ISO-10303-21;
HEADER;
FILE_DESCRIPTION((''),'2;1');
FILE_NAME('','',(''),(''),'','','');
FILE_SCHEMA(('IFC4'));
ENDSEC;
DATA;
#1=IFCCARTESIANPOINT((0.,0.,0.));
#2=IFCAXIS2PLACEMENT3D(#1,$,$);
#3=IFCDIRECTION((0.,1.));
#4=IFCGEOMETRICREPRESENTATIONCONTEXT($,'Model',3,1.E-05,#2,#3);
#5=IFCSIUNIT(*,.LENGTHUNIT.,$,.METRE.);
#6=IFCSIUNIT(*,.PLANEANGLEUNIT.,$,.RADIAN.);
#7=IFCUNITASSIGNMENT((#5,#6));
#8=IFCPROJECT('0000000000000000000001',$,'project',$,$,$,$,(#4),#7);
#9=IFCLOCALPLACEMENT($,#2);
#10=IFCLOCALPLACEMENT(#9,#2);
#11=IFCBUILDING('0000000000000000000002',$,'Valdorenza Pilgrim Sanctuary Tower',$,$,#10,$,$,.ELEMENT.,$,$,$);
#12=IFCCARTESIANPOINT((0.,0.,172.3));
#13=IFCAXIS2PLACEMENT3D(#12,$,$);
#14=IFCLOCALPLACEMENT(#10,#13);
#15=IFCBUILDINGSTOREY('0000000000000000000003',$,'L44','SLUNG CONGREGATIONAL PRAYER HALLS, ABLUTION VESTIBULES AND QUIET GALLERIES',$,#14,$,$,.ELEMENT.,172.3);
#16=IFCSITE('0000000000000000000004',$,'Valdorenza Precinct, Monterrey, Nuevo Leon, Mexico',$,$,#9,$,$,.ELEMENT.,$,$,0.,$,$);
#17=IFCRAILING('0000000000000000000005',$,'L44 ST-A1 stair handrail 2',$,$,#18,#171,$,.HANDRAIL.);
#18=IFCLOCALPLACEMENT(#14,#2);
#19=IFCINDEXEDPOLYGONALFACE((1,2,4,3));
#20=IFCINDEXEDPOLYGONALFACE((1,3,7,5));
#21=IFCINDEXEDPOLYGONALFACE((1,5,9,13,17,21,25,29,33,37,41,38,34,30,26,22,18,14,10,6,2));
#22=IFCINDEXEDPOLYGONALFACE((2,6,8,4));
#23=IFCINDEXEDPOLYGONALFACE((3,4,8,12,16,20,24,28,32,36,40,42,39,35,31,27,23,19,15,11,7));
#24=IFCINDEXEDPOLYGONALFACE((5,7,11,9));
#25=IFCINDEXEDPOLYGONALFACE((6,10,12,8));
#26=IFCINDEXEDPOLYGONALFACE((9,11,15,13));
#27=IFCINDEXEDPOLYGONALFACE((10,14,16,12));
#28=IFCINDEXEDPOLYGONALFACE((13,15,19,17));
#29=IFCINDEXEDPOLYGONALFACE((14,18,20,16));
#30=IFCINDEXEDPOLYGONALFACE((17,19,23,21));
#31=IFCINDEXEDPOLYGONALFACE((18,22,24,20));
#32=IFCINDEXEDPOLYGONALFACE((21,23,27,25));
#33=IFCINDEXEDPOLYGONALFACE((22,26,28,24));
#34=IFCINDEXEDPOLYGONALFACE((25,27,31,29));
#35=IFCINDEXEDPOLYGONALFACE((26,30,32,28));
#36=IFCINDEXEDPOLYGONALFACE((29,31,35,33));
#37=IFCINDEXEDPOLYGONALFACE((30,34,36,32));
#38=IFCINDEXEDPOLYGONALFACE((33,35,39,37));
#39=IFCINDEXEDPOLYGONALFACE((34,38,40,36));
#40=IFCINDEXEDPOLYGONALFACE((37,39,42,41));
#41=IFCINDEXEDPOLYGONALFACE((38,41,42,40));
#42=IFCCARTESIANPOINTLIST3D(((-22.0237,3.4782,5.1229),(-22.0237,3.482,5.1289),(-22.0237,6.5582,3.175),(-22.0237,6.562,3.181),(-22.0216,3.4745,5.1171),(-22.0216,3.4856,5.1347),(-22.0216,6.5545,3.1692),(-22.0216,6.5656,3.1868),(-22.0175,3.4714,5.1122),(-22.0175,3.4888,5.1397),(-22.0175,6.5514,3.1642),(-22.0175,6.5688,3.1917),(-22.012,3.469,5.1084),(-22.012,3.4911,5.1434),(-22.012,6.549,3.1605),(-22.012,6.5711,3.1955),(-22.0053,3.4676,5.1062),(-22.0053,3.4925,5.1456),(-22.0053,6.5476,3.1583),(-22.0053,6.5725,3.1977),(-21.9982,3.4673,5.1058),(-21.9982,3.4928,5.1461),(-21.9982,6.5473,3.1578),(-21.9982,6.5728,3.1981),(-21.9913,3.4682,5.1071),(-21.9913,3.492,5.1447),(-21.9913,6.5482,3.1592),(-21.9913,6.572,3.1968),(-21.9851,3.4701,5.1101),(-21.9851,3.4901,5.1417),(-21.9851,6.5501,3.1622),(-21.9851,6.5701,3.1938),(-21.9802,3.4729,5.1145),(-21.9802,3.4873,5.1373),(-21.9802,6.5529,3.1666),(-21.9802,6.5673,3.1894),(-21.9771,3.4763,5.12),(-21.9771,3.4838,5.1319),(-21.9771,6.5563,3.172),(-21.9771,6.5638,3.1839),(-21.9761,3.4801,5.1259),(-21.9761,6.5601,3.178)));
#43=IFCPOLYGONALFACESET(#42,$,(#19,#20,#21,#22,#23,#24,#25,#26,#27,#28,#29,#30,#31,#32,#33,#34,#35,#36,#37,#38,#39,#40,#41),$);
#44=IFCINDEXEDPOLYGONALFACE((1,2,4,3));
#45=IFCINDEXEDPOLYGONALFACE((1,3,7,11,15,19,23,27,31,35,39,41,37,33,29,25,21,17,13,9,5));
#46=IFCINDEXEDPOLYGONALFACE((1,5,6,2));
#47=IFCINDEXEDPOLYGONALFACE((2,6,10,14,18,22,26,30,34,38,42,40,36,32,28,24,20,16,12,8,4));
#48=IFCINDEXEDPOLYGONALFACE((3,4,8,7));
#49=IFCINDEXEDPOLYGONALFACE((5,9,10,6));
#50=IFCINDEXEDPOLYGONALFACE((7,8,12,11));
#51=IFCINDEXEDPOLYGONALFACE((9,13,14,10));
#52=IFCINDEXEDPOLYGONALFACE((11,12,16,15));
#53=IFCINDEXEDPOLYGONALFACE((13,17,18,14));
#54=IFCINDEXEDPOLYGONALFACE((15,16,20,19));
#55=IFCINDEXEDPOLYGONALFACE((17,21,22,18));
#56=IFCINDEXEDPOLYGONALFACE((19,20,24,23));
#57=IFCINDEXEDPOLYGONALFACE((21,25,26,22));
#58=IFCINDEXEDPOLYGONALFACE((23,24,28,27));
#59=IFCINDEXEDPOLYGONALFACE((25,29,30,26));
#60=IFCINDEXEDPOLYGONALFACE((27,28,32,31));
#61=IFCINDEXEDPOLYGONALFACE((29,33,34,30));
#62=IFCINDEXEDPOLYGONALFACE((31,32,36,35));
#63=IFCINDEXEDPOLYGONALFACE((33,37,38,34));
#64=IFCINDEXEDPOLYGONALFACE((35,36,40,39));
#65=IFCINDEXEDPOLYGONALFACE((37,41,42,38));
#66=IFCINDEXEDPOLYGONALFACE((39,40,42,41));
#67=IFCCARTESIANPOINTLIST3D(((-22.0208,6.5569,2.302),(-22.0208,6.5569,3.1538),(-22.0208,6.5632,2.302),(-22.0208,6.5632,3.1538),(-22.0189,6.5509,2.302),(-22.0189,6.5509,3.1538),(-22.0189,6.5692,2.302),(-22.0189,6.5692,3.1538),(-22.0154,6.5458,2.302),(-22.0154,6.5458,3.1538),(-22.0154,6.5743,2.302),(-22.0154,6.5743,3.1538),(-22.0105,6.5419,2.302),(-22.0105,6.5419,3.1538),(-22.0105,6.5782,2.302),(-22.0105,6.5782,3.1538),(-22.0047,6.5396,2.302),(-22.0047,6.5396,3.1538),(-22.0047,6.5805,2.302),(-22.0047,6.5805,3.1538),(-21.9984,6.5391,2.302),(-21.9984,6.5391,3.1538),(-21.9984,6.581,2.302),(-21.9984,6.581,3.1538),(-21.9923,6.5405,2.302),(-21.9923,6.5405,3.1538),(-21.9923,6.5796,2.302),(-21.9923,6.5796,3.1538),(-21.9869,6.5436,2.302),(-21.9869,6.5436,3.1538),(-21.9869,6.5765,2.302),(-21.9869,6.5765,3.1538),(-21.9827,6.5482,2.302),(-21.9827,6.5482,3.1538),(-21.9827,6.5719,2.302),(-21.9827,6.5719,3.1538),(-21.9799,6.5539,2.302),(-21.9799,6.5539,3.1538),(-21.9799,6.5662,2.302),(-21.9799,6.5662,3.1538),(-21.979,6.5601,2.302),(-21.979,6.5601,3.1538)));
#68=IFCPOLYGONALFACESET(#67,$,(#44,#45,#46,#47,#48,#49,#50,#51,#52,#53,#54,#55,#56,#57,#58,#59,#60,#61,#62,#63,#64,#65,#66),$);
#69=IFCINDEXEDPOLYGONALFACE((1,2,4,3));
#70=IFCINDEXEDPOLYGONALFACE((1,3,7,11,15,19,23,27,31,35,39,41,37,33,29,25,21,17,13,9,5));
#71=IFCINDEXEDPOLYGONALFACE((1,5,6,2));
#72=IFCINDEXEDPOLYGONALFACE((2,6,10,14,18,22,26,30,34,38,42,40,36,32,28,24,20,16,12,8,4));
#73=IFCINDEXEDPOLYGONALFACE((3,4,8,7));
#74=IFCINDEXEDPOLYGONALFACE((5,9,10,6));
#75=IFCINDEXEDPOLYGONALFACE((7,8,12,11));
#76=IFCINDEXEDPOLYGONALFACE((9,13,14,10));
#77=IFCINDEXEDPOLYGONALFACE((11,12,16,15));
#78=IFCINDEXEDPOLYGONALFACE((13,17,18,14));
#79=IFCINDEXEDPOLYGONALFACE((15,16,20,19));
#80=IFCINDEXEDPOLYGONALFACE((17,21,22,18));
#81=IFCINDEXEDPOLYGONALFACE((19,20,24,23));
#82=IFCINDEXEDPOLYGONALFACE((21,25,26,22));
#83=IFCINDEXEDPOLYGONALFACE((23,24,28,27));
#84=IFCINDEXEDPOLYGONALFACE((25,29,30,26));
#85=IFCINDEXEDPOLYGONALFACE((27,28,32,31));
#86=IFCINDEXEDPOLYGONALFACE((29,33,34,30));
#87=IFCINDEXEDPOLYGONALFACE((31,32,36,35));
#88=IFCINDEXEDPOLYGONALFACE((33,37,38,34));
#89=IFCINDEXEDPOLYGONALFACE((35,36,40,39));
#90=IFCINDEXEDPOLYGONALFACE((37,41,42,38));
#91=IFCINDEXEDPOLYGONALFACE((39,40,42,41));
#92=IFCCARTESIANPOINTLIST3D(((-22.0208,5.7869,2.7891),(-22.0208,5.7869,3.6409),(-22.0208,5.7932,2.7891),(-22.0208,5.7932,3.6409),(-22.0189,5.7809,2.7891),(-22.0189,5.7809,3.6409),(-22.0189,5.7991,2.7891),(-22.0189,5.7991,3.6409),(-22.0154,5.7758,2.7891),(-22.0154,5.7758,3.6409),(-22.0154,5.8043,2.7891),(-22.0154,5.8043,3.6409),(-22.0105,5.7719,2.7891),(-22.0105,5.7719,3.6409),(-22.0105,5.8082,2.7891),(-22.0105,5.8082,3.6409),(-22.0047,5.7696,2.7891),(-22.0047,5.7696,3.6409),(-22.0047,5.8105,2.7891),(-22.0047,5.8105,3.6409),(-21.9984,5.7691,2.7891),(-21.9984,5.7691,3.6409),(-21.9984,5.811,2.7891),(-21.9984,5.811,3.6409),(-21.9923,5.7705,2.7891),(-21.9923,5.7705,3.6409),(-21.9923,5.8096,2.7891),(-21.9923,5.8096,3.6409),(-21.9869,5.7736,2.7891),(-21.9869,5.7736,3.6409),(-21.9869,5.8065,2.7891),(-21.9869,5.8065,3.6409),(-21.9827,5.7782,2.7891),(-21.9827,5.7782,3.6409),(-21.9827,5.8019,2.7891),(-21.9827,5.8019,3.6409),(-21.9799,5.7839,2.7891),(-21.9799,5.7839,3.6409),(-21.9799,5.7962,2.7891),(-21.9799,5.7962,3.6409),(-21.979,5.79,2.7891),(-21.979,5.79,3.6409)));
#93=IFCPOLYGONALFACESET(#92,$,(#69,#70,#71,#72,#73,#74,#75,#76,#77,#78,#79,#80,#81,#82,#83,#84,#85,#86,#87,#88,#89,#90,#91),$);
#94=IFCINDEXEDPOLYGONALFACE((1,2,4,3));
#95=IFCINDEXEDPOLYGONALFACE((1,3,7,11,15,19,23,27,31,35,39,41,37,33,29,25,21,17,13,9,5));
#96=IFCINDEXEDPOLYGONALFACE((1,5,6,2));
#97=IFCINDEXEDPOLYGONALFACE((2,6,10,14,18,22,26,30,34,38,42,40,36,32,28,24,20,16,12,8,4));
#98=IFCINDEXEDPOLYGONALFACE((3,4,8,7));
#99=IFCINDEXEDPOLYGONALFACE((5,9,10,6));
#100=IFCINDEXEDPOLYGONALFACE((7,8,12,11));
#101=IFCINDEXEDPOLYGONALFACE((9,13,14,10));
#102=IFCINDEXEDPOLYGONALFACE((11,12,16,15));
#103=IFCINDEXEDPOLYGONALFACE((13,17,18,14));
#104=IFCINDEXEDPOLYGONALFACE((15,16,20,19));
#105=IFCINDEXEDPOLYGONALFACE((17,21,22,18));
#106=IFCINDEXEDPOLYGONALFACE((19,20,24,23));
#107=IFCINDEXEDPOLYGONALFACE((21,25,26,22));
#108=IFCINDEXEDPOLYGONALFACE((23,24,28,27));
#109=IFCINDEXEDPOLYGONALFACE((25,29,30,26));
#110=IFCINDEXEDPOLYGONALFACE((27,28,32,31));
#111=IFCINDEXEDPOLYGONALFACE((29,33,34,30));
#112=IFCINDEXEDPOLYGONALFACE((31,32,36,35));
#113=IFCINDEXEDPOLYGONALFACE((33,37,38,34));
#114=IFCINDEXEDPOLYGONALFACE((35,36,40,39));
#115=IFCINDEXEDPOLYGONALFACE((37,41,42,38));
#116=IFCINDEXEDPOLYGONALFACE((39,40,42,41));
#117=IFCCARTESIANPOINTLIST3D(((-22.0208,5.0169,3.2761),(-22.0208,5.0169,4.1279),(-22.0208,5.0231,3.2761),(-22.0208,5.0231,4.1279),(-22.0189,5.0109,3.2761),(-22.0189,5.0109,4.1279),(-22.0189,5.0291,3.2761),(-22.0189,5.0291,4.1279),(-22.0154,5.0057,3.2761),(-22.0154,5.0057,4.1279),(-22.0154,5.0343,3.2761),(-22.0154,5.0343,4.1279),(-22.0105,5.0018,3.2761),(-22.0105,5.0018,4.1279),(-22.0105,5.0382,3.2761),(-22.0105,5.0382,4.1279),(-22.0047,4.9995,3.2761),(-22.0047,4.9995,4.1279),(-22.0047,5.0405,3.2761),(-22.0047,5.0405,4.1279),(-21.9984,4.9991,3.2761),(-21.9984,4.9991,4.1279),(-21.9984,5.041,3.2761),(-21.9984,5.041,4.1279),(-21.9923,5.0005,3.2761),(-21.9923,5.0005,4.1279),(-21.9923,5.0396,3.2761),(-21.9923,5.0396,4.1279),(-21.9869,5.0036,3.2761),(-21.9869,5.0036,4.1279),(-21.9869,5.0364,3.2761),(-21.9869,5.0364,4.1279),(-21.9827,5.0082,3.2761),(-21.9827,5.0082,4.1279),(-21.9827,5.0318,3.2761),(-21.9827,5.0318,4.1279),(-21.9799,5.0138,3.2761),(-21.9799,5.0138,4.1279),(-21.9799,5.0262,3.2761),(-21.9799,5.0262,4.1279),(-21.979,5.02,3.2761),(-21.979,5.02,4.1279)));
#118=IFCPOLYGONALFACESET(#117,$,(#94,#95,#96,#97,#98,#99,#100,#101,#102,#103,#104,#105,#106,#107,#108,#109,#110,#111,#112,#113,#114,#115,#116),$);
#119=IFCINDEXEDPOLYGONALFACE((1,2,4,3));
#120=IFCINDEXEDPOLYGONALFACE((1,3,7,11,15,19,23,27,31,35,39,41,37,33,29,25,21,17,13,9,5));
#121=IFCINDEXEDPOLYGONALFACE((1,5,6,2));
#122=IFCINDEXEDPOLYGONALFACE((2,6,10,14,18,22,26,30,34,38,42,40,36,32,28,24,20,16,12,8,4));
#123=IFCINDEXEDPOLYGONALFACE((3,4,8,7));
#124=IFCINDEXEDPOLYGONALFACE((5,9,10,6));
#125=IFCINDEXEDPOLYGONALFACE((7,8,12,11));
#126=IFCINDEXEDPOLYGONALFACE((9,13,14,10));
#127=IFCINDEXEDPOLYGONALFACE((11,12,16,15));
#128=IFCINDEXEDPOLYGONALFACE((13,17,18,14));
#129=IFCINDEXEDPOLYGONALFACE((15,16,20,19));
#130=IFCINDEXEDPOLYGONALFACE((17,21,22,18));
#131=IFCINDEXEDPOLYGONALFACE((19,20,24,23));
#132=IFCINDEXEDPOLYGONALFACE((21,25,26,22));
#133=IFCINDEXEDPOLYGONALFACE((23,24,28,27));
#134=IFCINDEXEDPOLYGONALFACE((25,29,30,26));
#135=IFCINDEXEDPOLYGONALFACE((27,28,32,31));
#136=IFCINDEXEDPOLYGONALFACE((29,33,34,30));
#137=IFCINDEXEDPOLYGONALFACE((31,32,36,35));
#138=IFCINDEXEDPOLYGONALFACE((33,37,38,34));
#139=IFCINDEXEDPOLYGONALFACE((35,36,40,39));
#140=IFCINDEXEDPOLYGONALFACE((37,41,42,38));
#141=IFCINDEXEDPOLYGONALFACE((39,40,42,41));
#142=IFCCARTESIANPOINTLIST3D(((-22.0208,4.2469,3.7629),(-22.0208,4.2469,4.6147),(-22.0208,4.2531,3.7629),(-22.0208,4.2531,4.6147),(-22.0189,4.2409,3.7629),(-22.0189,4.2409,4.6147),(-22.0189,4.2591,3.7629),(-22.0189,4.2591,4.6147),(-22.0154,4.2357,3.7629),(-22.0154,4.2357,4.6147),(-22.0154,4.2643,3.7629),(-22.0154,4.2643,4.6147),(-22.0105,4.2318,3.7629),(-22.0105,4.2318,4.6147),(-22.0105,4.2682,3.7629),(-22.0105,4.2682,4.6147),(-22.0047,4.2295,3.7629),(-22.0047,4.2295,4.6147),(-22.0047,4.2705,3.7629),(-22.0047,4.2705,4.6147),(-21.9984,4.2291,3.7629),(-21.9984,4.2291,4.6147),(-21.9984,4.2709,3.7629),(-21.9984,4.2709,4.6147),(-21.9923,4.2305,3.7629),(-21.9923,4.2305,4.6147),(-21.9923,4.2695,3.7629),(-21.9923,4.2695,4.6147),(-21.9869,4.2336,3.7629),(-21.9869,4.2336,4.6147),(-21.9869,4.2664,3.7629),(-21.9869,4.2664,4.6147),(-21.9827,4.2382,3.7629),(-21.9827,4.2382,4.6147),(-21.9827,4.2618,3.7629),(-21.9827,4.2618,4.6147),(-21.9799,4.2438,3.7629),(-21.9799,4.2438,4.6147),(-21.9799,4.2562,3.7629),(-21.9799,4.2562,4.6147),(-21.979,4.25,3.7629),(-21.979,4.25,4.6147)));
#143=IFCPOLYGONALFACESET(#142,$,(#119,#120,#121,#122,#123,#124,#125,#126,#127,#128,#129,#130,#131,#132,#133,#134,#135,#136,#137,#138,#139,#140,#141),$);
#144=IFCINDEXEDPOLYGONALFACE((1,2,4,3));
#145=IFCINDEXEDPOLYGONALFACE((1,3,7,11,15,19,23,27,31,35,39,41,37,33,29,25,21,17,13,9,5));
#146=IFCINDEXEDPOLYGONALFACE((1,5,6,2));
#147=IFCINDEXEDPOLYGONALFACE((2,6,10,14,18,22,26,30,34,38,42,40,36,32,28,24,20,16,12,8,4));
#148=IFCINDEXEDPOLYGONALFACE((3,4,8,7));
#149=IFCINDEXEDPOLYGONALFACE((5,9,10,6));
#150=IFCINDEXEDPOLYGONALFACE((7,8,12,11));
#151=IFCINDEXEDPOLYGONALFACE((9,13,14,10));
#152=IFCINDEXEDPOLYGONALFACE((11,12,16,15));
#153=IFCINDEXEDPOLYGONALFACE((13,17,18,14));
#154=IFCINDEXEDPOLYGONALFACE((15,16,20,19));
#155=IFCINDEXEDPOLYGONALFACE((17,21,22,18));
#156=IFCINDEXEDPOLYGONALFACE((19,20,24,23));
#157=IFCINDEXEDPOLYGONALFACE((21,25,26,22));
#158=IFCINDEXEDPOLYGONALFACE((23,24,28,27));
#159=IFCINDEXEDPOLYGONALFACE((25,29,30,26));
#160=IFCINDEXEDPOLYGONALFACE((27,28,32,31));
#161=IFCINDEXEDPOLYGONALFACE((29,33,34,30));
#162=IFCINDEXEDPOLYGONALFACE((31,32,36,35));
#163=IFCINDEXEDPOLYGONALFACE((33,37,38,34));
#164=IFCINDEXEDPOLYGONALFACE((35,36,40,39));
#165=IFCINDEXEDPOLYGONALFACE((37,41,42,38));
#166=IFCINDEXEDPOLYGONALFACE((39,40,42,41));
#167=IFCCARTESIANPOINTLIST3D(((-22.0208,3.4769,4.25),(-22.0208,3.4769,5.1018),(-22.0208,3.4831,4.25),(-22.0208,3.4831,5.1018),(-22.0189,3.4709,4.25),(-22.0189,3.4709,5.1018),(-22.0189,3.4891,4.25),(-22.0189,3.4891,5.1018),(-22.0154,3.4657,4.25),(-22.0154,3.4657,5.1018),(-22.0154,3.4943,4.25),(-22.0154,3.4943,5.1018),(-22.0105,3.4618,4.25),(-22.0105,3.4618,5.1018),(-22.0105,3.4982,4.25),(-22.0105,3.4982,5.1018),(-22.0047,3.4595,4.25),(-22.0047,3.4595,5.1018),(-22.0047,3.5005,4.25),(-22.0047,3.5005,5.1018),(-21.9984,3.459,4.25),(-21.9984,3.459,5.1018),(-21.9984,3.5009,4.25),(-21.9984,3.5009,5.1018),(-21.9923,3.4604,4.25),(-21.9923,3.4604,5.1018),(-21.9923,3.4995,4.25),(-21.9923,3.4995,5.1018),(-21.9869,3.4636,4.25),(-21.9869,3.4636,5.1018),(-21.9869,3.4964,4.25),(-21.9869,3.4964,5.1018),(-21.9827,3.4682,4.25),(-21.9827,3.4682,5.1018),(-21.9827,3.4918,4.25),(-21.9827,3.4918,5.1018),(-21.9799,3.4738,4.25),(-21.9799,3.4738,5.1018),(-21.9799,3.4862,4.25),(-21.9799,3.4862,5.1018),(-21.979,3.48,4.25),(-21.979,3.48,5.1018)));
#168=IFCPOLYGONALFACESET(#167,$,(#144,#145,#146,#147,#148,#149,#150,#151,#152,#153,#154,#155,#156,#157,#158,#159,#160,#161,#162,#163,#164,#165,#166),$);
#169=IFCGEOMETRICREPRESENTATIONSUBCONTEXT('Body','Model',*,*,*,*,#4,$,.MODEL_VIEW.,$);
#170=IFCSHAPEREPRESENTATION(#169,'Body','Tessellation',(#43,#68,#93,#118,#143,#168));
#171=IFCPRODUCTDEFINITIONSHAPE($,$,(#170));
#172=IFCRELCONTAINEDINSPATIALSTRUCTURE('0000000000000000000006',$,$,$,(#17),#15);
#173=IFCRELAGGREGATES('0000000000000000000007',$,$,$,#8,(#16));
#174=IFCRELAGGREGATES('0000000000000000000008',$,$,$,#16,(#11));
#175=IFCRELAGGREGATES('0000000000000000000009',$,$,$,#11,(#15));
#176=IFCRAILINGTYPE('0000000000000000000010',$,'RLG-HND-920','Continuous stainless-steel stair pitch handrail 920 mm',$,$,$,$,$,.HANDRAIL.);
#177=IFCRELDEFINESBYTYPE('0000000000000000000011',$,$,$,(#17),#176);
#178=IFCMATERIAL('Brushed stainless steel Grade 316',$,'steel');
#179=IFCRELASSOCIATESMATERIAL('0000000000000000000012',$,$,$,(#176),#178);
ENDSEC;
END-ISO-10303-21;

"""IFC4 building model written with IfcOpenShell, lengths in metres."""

from ifc_helpers import new_model, si_unit, direction, frame, origin, origin_2d, place, context, subcontext, project, spatial, circle, extrude, material, type_object, element, save


model = new_model("IFC4")

# Units and contexts
model_context = context("Model", 3, precision=1e-05, world=origin(), true_north=direction((0.0, 1.0)))
body_context = subcontext(model_context, "Body", "Model", "MODEL_VIEW")
ifc_project = project(units=[si_unit("LENGTHUNIT", "METRE"), si_unit("PLANEANGLEUNIT", "RADIAN")], contexts=[model_context])

# Site, building, storey
site_placement = place(None, origin())
site = spatial("IfcSite", under=ifc_project, at=site_placement, Name="Valdorenza Precinct, Monterrey, Nuevo Leon, Mexico", CompositionType="ELEMENT", RefElevation=0.0)
building_placement = place(site_placement, origin())
building = spatial("IfcBuilding", under=site, at=building_placement, Name="Valdorenza Pilgrim Sanctuary Tower", CompositionType="ELEMENT")
storey_placement = place(building_placement, frame((0.0, 0.0, 172.3)))
storey = spatial("IfcBuildingStorey", under=building, at=storey_placement, Name="L44", Description="SLUNG CONGREGATIONAL PRAYER HALLS, ABLUTION VESTIBULES AND QUIET GALLERIES", CompositionType="ELEMENT", Elevation=172.3)

# Railing
ifc_material_1 = material(Name="Brushed stainless steel Grade 316", Category="steel")
railing_type_1 = type_object("IfcRailingType", Name="RLG-HND-920", Description="Continuous stainless-steel stair pitch handrail 920 mm", PredefinedType="HANDRAIL", material=ifc_material_1)
railing_1_placement = place(storey_placement, frame((-22.0, 6.5601, 2.302)))
element("IfcRailing", 1, at=railing_1_placement, inside=storey, type_object=railing_type_1, Name="L44 ST-A1 stair handrail 2", PredefinedType="HANDRAIL", context=body_context, shape_type="SweptSolid", body=[
    extrude(circle(Radius=0.0239, at=origin_2d()), frame((0.0, 0.0, 0.876), z_axis=(0.0, -0.845156, 0.53452), x_axis=(1.0, 0.0, 0.0)), (0.0, 0.0, 1.0), 3.6443),
    extrude(circle(Radius=0.021, at=origin_2d()), origin(), (0.0, 0.0, 1.0), 0.8518),
    extrude(circle(Radius=0.021, at=origin_2d()), frame((0.0, -0.77, 0.4871)), (0.0, 0.0, 1.0), 0.8518),
    extrude(circle(Radius=0.021, at=origin_2d()), frame((0.0, -1.54, 0.9741)), (0.0, 0.0, 1.0), 0.8518),
    extrude(circle(Radius=0.021, at=origin_2d()), frame((0.0, -2.3101, 1.4609)), (0.0, 0.0, 1.0), 0.8518),
    extrude(circle(Radius=0.021, at=origin_2d()), frame((0.0, -3.0801, 1.948)), (0.0, 0.0, 1.0), 0.8518),
])

save(model, "model.ifc")
